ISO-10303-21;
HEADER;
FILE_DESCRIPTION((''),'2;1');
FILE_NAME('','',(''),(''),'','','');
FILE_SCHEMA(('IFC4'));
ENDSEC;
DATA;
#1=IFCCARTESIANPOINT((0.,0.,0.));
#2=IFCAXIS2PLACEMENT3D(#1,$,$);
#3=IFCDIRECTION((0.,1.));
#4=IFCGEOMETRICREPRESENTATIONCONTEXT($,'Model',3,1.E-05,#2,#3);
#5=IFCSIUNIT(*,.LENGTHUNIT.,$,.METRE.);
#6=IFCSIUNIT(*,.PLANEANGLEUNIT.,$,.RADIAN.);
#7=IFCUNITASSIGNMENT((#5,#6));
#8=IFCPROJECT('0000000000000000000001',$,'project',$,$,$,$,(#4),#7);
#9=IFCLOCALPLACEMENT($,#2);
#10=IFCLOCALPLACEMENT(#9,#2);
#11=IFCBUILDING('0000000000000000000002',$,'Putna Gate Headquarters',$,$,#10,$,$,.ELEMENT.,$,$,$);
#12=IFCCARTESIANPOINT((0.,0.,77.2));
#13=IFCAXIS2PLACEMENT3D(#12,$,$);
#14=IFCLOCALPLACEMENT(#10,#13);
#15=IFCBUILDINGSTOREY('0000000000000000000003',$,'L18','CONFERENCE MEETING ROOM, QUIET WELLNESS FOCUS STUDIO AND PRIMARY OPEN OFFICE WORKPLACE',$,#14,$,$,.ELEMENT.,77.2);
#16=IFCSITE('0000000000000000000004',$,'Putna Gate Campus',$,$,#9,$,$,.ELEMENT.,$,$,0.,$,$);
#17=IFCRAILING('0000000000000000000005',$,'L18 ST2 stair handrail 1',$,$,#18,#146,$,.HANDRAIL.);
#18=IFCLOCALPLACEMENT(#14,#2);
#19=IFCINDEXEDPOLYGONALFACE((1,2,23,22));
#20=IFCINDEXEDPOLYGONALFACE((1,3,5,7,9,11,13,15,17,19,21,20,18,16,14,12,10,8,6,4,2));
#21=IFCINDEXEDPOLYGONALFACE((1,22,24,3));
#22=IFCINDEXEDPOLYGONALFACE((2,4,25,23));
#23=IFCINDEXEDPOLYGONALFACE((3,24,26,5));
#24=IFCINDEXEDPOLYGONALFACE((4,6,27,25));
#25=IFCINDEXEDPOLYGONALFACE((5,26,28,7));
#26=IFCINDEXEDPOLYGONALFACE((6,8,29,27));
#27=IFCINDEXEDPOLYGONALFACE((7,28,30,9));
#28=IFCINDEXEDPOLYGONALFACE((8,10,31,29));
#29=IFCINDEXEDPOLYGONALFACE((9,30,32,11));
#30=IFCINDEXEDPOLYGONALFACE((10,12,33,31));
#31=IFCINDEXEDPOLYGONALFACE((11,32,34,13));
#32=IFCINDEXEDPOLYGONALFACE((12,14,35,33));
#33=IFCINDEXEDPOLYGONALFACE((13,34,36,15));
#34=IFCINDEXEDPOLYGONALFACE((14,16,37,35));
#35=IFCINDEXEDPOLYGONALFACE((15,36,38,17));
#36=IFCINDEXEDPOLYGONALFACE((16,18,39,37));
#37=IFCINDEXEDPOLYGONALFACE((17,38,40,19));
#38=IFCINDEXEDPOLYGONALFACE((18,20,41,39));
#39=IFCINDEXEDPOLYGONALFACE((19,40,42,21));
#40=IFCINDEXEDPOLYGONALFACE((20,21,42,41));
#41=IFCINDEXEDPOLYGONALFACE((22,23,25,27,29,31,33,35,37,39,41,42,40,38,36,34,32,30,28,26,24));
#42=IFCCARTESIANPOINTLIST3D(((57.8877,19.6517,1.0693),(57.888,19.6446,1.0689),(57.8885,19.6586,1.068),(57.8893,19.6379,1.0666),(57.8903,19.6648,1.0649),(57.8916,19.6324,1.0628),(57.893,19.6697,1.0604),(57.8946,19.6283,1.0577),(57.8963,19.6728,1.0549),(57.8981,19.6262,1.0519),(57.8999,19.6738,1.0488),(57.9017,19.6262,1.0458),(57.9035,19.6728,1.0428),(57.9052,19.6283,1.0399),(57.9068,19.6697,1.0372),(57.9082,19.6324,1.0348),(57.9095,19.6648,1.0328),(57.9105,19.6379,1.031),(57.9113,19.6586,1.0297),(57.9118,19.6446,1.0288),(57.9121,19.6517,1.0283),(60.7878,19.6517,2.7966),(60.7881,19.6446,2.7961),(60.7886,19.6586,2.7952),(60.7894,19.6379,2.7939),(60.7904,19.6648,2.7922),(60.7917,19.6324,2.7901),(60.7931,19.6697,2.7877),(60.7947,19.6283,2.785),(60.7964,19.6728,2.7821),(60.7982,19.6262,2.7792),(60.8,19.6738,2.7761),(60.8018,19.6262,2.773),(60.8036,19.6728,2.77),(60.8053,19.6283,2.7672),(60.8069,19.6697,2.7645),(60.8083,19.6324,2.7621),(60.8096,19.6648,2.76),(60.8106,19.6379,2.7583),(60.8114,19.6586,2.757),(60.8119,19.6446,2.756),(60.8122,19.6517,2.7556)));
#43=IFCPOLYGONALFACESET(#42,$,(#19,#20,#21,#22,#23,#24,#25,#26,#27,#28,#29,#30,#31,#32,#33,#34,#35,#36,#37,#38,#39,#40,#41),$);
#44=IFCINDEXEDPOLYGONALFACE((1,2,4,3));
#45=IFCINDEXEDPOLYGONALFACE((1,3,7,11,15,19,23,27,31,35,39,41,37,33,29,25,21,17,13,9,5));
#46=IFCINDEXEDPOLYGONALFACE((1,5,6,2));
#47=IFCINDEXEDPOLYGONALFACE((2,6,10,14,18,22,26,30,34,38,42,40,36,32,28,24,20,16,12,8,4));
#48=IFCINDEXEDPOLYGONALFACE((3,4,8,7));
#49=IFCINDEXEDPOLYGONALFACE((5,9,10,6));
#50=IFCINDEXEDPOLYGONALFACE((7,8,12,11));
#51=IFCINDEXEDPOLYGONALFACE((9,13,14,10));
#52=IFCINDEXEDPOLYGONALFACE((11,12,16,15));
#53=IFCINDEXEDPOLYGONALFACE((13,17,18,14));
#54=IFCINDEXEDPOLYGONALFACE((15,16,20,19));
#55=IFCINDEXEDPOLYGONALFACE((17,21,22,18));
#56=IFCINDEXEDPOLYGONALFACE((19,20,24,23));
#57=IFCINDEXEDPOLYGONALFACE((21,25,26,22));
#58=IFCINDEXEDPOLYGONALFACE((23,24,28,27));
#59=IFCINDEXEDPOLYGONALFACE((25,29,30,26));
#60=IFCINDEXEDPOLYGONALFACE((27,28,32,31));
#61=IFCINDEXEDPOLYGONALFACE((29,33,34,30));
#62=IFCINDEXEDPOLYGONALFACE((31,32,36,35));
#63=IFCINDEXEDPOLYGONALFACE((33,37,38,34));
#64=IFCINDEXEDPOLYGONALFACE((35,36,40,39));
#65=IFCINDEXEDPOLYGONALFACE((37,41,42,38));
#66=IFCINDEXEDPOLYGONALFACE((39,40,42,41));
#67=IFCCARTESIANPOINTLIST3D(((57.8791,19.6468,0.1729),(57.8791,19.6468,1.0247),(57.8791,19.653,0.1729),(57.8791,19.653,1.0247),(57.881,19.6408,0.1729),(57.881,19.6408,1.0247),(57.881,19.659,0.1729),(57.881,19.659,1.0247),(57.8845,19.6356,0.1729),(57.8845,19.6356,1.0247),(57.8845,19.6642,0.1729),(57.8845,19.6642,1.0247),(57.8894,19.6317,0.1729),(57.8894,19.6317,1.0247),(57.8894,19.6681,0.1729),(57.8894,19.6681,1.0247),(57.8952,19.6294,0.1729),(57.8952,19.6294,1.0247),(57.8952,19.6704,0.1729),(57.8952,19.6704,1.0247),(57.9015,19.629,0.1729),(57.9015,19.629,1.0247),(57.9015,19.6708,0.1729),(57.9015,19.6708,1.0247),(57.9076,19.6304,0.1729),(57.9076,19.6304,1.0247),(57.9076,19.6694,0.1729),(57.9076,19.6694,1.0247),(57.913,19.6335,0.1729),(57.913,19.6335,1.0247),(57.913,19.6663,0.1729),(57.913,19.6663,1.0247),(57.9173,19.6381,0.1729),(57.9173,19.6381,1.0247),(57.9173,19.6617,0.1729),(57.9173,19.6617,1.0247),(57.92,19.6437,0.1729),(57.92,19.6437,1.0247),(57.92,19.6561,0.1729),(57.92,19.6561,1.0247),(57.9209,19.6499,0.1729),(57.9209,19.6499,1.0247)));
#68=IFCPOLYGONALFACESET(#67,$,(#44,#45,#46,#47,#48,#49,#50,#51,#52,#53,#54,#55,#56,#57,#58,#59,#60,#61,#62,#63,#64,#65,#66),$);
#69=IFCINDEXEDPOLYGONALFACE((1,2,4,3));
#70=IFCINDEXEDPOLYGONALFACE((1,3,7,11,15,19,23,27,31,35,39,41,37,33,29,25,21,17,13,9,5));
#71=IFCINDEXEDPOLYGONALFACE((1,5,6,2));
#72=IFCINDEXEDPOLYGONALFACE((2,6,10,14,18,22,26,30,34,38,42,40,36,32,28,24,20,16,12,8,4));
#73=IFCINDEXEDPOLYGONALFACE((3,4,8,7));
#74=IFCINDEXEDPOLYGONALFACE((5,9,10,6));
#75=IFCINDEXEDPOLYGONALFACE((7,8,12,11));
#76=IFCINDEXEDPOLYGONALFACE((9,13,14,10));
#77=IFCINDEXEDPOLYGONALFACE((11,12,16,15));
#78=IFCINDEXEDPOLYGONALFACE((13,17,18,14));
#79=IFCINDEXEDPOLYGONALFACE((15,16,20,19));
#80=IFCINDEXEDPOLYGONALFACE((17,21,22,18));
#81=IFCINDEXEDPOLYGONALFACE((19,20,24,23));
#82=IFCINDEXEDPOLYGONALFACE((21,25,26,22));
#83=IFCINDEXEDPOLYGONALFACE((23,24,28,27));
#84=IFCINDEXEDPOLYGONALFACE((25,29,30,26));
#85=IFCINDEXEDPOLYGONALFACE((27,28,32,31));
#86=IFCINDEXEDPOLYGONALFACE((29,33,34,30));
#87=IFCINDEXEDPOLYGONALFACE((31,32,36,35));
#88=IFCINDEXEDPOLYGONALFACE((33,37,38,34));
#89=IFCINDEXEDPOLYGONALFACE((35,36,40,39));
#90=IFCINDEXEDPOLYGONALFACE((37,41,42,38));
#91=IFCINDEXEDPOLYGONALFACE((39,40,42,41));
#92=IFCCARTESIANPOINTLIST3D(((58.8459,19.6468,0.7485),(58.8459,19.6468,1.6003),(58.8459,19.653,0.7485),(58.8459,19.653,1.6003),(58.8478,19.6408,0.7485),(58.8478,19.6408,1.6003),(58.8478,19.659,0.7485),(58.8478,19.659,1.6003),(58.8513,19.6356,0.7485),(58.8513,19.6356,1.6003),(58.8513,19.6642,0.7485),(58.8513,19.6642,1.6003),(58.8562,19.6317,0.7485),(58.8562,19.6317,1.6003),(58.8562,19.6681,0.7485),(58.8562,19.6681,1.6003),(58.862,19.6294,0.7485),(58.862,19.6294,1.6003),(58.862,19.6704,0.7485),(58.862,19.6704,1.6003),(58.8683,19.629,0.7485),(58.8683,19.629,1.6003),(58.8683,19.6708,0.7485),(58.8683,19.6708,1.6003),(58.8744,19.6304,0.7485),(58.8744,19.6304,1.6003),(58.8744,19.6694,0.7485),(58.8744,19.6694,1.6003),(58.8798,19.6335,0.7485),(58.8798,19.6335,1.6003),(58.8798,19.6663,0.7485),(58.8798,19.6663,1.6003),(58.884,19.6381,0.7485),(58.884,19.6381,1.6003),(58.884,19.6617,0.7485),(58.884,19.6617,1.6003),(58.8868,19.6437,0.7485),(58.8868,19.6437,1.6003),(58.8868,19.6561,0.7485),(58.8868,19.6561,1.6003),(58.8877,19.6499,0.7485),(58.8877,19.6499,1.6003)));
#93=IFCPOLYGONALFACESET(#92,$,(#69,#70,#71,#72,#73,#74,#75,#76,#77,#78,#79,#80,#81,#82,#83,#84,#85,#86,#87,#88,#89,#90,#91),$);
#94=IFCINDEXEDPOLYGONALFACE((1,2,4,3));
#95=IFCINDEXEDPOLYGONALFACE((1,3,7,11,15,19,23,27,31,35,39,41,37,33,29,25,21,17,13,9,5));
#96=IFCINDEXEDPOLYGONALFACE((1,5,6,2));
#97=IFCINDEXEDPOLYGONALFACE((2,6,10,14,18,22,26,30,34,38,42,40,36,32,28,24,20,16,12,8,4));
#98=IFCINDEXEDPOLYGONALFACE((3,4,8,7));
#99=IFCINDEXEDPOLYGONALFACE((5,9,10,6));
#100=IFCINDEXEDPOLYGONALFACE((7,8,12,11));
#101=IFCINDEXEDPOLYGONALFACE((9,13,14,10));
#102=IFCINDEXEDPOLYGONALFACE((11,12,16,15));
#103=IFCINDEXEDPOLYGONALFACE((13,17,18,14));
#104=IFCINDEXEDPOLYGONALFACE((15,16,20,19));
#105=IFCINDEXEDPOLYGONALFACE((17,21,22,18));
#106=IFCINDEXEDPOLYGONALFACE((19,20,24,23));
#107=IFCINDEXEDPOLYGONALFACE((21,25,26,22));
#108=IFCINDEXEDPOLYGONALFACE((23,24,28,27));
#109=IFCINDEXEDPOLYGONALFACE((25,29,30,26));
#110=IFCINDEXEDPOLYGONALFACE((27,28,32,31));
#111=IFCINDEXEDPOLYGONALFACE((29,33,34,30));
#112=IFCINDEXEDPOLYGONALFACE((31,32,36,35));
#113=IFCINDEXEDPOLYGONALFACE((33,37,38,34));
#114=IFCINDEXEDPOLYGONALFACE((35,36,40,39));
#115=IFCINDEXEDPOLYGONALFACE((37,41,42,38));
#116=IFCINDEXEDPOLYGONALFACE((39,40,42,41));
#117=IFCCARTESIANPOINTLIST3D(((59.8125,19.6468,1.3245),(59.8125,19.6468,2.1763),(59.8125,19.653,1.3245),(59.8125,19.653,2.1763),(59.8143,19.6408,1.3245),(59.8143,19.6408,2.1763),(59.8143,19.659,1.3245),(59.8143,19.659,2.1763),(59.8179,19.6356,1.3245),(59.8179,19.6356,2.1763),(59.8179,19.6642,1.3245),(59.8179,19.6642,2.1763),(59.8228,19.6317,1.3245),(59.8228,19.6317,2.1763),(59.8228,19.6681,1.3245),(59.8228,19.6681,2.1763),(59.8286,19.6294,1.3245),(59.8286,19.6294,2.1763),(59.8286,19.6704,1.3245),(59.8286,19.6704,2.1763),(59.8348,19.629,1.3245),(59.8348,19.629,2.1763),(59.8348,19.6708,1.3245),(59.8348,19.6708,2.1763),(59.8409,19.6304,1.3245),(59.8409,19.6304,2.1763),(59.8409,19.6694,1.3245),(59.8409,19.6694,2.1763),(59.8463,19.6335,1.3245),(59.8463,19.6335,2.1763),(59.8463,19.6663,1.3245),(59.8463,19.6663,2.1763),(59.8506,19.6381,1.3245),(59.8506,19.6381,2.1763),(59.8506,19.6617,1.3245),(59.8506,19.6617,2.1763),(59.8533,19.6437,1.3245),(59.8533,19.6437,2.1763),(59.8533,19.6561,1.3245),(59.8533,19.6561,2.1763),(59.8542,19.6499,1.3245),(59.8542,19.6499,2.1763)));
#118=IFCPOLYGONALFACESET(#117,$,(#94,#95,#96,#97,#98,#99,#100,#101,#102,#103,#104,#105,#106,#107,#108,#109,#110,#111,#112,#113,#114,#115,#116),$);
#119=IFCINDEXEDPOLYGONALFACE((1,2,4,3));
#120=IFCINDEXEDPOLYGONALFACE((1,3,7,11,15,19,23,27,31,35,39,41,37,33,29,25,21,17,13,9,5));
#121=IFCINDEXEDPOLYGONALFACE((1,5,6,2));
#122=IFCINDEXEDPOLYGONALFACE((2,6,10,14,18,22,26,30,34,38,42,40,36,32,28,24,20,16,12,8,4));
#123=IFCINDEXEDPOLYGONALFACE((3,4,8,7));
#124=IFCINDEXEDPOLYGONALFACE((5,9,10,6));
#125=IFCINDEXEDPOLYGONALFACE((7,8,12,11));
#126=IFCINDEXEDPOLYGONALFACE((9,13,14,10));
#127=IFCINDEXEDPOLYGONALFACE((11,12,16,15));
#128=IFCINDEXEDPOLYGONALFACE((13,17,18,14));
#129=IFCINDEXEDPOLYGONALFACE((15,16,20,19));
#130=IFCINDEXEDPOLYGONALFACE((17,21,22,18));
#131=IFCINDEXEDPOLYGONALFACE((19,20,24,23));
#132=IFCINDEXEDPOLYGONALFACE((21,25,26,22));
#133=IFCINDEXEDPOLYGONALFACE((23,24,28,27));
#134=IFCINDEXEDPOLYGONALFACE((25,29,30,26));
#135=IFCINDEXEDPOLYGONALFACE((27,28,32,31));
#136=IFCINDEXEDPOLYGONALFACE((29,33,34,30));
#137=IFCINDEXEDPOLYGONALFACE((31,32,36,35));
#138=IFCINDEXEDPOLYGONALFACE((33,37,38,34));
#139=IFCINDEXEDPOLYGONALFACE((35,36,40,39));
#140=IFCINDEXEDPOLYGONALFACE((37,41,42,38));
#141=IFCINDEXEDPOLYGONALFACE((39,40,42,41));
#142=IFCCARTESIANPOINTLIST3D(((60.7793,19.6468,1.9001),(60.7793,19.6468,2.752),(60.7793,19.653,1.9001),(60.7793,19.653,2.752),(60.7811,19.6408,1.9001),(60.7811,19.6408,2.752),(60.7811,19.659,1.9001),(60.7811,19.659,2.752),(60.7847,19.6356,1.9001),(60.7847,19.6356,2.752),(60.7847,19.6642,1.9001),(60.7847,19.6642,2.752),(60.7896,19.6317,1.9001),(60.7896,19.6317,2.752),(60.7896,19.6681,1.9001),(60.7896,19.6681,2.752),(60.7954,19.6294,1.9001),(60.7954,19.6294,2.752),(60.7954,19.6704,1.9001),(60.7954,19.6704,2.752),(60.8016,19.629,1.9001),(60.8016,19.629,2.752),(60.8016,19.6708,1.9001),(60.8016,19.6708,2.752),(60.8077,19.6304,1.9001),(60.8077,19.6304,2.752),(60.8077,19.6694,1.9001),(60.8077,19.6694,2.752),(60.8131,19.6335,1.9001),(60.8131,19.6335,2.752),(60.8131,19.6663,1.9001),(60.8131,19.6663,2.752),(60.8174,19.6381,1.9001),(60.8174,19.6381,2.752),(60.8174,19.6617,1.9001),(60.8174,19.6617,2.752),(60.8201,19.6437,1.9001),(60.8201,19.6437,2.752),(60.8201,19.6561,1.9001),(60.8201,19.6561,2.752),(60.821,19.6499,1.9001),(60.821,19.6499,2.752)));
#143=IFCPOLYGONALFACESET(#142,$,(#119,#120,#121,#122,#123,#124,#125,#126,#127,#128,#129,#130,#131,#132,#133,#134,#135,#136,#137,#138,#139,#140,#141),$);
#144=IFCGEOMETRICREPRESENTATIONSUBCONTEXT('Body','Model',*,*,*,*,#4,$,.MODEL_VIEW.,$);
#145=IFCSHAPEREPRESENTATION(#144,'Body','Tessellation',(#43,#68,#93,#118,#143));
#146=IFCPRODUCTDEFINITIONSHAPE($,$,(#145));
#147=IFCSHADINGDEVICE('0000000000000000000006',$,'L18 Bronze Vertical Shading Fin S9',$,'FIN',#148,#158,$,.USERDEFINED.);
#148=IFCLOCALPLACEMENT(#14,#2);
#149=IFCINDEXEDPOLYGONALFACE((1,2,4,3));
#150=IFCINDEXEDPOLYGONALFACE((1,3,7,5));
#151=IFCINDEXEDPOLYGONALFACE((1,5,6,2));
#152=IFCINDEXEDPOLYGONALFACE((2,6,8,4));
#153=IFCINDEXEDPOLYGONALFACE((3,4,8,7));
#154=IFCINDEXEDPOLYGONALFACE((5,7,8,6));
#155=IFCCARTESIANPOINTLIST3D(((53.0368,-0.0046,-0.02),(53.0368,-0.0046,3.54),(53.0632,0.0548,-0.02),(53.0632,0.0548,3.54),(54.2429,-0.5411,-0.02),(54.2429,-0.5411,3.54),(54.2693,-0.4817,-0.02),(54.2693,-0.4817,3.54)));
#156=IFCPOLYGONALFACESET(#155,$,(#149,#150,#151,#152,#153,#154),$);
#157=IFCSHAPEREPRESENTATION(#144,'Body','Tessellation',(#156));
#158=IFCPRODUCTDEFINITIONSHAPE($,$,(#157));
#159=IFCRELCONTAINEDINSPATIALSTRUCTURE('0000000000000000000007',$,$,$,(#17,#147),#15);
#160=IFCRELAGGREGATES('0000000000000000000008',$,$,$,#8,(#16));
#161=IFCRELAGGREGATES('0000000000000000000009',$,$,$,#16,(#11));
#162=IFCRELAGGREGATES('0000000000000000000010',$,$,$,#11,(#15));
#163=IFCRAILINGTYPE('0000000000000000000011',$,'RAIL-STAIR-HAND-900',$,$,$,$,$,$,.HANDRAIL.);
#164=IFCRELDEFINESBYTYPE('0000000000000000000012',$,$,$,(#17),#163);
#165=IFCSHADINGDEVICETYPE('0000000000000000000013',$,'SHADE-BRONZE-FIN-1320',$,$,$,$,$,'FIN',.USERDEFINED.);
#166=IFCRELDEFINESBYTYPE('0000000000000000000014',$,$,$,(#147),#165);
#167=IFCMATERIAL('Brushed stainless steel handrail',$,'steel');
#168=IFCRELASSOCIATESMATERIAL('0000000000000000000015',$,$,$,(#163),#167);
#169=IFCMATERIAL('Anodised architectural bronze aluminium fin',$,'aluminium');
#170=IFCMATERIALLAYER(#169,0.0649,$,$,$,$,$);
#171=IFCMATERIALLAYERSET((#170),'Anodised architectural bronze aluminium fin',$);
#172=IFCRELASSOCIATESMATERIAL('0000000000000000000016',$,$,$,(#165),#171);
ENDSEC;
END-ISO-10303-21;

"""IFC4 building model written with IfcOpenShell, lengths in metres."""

from ifc_helpers import new_model, si_unit, direction, frame, origin, origin_2d, place, context, subcontext, project, spatial, rectangle, circle, extrude, material, layer, layer_set, type_object, element, save


model = new_model("IFC4")

# Units and contexts
model_context = context("Model", 3, precision=1e-05, world=origin(), true_north=direction((0.0, 1.0)))
body_context = subcontext(model_context, "Body", "Model", "MODEL_VIEW")
ifc_project = project(units=[si_unit("LENGTHUNIT", "METRE"), si_unit("PLANEANGLEUNIT", "RADIAN")], contexts=[model_context])

# Site, building, storey
site_placement = place(None, origin())
site = spatial("IfcSite", under=ifc_project, at=site_placement, Name="Putna Gate Campus", CompositionType="ELEMENT", RefElevation=0.0)
building_placement = place(site_placement, origin())
building = spatial("IfcBuilding", under=site, at=building_placement, Name="Putna Gate Headquarters", CompositionType="ELEMENT")
storey_placement = place(building_placement, frame((0.0, 0.0, 77.2)))
storey = spatial("IfcBuildingStorey", under=building, at=storey_placement, Name="L18", Description="CONFERENCE MEETING ROOM, QUIET WELLNESS FOCUS STUDIO AND PRIMARY OPEN OFFICE WORKPLACE", CompositionType="ELEMENT", Elevation=77.2)

# Railing
ifc_material_1 = material(Name="Brushed stainless steel handrail", Category="steel")
railing_type_1 = type_object("IfcRailingType", Name="RAIL-STAIR-HAND-900", PredefinedType="HANDRAIL", material=ifc_material_1)
railing_1_placement = place(storey_placement, frame((57.8999, 19.6499, 0.1729)))
element("IfcRailing", 1, at=railing_1_placement, inside=storey, type_object=railing_type_1, Name="L18 ST2 stair handrail 1", PredefinedType="HANDRAIL", context=body_context, shape_type="SweptSolid", body=[
    extrude(circle(Radius=0.0239, at=origin_2d()), frame((0.0, 0.0, 0.876), z_axis=(0.85916, 0.0, 0.511706), x_axis=(0.0, 1.0, 0.0)), (0.0, 0.0, 1.0), 3.3755),
    extrude(circle(Radius=0.021, at=origin_2d()), origin(), (0.0, 0.0, 1.0), 0.8518),
    extrude(circle(Radius=0.021, at=origin_2d()), frame((0.9668, 0.0, 0.5757)), (0.0, 0.0, 1.0), 0.8518),
    extrude(circle(Radius=0.021, at=origin_2d()), frame((1.9333, 0.0, 1.1516)), (0.0, 0.0, 1.0), 0.8518),
    extrude(circle(Radius=0.021, at=origin_2d()), frame((2.9001, 0.0, 1.7273)), (0.0, 0.0, 1.0), 0.8518),
])

# Shading device
ifc_material_2 = material(Name="Anodised architectural bronze aluminium fin", Category="aluminium")
ifc_layer_1 = layer(ifc_material_2, 0.0649)
ifc_layer_set_1 = layer_set([ifc_layer_1], Name="Anodised architectural bronze aluminium fin")
shading_device_type = type_object("IfcShadingDeviceType", Name="SHADE-BRONZE-FIN-1320", ElementType="FIN", PredefinedType="USERDEFINED", material=ifc_layer_set_1)
shading_device_placement = place(storey_placement, frame((53.6531, -0.2432, -0.02), z_axis=(0.0, 0.0, 1.0), x_axis=(0.913687, -0.406418, 0.0)))
element("IfcShadingDevice", 2, at=shading_device_placement, inside=storey, type_object=shading_device_type, Name="L18 Bronze Vertical Shading Fin S9", ObjectType="FIN", PredefinedType="USERDEFINED", context=body_context, shape_type="SweptSolid", body=[
    extrude(rectangle(XDim=1.3201, YDim=0.0649, at=origin_2d()), origin(), (0.0, 0.0, 1.0), 3.5601),
])

save(model, "model.ifc")
